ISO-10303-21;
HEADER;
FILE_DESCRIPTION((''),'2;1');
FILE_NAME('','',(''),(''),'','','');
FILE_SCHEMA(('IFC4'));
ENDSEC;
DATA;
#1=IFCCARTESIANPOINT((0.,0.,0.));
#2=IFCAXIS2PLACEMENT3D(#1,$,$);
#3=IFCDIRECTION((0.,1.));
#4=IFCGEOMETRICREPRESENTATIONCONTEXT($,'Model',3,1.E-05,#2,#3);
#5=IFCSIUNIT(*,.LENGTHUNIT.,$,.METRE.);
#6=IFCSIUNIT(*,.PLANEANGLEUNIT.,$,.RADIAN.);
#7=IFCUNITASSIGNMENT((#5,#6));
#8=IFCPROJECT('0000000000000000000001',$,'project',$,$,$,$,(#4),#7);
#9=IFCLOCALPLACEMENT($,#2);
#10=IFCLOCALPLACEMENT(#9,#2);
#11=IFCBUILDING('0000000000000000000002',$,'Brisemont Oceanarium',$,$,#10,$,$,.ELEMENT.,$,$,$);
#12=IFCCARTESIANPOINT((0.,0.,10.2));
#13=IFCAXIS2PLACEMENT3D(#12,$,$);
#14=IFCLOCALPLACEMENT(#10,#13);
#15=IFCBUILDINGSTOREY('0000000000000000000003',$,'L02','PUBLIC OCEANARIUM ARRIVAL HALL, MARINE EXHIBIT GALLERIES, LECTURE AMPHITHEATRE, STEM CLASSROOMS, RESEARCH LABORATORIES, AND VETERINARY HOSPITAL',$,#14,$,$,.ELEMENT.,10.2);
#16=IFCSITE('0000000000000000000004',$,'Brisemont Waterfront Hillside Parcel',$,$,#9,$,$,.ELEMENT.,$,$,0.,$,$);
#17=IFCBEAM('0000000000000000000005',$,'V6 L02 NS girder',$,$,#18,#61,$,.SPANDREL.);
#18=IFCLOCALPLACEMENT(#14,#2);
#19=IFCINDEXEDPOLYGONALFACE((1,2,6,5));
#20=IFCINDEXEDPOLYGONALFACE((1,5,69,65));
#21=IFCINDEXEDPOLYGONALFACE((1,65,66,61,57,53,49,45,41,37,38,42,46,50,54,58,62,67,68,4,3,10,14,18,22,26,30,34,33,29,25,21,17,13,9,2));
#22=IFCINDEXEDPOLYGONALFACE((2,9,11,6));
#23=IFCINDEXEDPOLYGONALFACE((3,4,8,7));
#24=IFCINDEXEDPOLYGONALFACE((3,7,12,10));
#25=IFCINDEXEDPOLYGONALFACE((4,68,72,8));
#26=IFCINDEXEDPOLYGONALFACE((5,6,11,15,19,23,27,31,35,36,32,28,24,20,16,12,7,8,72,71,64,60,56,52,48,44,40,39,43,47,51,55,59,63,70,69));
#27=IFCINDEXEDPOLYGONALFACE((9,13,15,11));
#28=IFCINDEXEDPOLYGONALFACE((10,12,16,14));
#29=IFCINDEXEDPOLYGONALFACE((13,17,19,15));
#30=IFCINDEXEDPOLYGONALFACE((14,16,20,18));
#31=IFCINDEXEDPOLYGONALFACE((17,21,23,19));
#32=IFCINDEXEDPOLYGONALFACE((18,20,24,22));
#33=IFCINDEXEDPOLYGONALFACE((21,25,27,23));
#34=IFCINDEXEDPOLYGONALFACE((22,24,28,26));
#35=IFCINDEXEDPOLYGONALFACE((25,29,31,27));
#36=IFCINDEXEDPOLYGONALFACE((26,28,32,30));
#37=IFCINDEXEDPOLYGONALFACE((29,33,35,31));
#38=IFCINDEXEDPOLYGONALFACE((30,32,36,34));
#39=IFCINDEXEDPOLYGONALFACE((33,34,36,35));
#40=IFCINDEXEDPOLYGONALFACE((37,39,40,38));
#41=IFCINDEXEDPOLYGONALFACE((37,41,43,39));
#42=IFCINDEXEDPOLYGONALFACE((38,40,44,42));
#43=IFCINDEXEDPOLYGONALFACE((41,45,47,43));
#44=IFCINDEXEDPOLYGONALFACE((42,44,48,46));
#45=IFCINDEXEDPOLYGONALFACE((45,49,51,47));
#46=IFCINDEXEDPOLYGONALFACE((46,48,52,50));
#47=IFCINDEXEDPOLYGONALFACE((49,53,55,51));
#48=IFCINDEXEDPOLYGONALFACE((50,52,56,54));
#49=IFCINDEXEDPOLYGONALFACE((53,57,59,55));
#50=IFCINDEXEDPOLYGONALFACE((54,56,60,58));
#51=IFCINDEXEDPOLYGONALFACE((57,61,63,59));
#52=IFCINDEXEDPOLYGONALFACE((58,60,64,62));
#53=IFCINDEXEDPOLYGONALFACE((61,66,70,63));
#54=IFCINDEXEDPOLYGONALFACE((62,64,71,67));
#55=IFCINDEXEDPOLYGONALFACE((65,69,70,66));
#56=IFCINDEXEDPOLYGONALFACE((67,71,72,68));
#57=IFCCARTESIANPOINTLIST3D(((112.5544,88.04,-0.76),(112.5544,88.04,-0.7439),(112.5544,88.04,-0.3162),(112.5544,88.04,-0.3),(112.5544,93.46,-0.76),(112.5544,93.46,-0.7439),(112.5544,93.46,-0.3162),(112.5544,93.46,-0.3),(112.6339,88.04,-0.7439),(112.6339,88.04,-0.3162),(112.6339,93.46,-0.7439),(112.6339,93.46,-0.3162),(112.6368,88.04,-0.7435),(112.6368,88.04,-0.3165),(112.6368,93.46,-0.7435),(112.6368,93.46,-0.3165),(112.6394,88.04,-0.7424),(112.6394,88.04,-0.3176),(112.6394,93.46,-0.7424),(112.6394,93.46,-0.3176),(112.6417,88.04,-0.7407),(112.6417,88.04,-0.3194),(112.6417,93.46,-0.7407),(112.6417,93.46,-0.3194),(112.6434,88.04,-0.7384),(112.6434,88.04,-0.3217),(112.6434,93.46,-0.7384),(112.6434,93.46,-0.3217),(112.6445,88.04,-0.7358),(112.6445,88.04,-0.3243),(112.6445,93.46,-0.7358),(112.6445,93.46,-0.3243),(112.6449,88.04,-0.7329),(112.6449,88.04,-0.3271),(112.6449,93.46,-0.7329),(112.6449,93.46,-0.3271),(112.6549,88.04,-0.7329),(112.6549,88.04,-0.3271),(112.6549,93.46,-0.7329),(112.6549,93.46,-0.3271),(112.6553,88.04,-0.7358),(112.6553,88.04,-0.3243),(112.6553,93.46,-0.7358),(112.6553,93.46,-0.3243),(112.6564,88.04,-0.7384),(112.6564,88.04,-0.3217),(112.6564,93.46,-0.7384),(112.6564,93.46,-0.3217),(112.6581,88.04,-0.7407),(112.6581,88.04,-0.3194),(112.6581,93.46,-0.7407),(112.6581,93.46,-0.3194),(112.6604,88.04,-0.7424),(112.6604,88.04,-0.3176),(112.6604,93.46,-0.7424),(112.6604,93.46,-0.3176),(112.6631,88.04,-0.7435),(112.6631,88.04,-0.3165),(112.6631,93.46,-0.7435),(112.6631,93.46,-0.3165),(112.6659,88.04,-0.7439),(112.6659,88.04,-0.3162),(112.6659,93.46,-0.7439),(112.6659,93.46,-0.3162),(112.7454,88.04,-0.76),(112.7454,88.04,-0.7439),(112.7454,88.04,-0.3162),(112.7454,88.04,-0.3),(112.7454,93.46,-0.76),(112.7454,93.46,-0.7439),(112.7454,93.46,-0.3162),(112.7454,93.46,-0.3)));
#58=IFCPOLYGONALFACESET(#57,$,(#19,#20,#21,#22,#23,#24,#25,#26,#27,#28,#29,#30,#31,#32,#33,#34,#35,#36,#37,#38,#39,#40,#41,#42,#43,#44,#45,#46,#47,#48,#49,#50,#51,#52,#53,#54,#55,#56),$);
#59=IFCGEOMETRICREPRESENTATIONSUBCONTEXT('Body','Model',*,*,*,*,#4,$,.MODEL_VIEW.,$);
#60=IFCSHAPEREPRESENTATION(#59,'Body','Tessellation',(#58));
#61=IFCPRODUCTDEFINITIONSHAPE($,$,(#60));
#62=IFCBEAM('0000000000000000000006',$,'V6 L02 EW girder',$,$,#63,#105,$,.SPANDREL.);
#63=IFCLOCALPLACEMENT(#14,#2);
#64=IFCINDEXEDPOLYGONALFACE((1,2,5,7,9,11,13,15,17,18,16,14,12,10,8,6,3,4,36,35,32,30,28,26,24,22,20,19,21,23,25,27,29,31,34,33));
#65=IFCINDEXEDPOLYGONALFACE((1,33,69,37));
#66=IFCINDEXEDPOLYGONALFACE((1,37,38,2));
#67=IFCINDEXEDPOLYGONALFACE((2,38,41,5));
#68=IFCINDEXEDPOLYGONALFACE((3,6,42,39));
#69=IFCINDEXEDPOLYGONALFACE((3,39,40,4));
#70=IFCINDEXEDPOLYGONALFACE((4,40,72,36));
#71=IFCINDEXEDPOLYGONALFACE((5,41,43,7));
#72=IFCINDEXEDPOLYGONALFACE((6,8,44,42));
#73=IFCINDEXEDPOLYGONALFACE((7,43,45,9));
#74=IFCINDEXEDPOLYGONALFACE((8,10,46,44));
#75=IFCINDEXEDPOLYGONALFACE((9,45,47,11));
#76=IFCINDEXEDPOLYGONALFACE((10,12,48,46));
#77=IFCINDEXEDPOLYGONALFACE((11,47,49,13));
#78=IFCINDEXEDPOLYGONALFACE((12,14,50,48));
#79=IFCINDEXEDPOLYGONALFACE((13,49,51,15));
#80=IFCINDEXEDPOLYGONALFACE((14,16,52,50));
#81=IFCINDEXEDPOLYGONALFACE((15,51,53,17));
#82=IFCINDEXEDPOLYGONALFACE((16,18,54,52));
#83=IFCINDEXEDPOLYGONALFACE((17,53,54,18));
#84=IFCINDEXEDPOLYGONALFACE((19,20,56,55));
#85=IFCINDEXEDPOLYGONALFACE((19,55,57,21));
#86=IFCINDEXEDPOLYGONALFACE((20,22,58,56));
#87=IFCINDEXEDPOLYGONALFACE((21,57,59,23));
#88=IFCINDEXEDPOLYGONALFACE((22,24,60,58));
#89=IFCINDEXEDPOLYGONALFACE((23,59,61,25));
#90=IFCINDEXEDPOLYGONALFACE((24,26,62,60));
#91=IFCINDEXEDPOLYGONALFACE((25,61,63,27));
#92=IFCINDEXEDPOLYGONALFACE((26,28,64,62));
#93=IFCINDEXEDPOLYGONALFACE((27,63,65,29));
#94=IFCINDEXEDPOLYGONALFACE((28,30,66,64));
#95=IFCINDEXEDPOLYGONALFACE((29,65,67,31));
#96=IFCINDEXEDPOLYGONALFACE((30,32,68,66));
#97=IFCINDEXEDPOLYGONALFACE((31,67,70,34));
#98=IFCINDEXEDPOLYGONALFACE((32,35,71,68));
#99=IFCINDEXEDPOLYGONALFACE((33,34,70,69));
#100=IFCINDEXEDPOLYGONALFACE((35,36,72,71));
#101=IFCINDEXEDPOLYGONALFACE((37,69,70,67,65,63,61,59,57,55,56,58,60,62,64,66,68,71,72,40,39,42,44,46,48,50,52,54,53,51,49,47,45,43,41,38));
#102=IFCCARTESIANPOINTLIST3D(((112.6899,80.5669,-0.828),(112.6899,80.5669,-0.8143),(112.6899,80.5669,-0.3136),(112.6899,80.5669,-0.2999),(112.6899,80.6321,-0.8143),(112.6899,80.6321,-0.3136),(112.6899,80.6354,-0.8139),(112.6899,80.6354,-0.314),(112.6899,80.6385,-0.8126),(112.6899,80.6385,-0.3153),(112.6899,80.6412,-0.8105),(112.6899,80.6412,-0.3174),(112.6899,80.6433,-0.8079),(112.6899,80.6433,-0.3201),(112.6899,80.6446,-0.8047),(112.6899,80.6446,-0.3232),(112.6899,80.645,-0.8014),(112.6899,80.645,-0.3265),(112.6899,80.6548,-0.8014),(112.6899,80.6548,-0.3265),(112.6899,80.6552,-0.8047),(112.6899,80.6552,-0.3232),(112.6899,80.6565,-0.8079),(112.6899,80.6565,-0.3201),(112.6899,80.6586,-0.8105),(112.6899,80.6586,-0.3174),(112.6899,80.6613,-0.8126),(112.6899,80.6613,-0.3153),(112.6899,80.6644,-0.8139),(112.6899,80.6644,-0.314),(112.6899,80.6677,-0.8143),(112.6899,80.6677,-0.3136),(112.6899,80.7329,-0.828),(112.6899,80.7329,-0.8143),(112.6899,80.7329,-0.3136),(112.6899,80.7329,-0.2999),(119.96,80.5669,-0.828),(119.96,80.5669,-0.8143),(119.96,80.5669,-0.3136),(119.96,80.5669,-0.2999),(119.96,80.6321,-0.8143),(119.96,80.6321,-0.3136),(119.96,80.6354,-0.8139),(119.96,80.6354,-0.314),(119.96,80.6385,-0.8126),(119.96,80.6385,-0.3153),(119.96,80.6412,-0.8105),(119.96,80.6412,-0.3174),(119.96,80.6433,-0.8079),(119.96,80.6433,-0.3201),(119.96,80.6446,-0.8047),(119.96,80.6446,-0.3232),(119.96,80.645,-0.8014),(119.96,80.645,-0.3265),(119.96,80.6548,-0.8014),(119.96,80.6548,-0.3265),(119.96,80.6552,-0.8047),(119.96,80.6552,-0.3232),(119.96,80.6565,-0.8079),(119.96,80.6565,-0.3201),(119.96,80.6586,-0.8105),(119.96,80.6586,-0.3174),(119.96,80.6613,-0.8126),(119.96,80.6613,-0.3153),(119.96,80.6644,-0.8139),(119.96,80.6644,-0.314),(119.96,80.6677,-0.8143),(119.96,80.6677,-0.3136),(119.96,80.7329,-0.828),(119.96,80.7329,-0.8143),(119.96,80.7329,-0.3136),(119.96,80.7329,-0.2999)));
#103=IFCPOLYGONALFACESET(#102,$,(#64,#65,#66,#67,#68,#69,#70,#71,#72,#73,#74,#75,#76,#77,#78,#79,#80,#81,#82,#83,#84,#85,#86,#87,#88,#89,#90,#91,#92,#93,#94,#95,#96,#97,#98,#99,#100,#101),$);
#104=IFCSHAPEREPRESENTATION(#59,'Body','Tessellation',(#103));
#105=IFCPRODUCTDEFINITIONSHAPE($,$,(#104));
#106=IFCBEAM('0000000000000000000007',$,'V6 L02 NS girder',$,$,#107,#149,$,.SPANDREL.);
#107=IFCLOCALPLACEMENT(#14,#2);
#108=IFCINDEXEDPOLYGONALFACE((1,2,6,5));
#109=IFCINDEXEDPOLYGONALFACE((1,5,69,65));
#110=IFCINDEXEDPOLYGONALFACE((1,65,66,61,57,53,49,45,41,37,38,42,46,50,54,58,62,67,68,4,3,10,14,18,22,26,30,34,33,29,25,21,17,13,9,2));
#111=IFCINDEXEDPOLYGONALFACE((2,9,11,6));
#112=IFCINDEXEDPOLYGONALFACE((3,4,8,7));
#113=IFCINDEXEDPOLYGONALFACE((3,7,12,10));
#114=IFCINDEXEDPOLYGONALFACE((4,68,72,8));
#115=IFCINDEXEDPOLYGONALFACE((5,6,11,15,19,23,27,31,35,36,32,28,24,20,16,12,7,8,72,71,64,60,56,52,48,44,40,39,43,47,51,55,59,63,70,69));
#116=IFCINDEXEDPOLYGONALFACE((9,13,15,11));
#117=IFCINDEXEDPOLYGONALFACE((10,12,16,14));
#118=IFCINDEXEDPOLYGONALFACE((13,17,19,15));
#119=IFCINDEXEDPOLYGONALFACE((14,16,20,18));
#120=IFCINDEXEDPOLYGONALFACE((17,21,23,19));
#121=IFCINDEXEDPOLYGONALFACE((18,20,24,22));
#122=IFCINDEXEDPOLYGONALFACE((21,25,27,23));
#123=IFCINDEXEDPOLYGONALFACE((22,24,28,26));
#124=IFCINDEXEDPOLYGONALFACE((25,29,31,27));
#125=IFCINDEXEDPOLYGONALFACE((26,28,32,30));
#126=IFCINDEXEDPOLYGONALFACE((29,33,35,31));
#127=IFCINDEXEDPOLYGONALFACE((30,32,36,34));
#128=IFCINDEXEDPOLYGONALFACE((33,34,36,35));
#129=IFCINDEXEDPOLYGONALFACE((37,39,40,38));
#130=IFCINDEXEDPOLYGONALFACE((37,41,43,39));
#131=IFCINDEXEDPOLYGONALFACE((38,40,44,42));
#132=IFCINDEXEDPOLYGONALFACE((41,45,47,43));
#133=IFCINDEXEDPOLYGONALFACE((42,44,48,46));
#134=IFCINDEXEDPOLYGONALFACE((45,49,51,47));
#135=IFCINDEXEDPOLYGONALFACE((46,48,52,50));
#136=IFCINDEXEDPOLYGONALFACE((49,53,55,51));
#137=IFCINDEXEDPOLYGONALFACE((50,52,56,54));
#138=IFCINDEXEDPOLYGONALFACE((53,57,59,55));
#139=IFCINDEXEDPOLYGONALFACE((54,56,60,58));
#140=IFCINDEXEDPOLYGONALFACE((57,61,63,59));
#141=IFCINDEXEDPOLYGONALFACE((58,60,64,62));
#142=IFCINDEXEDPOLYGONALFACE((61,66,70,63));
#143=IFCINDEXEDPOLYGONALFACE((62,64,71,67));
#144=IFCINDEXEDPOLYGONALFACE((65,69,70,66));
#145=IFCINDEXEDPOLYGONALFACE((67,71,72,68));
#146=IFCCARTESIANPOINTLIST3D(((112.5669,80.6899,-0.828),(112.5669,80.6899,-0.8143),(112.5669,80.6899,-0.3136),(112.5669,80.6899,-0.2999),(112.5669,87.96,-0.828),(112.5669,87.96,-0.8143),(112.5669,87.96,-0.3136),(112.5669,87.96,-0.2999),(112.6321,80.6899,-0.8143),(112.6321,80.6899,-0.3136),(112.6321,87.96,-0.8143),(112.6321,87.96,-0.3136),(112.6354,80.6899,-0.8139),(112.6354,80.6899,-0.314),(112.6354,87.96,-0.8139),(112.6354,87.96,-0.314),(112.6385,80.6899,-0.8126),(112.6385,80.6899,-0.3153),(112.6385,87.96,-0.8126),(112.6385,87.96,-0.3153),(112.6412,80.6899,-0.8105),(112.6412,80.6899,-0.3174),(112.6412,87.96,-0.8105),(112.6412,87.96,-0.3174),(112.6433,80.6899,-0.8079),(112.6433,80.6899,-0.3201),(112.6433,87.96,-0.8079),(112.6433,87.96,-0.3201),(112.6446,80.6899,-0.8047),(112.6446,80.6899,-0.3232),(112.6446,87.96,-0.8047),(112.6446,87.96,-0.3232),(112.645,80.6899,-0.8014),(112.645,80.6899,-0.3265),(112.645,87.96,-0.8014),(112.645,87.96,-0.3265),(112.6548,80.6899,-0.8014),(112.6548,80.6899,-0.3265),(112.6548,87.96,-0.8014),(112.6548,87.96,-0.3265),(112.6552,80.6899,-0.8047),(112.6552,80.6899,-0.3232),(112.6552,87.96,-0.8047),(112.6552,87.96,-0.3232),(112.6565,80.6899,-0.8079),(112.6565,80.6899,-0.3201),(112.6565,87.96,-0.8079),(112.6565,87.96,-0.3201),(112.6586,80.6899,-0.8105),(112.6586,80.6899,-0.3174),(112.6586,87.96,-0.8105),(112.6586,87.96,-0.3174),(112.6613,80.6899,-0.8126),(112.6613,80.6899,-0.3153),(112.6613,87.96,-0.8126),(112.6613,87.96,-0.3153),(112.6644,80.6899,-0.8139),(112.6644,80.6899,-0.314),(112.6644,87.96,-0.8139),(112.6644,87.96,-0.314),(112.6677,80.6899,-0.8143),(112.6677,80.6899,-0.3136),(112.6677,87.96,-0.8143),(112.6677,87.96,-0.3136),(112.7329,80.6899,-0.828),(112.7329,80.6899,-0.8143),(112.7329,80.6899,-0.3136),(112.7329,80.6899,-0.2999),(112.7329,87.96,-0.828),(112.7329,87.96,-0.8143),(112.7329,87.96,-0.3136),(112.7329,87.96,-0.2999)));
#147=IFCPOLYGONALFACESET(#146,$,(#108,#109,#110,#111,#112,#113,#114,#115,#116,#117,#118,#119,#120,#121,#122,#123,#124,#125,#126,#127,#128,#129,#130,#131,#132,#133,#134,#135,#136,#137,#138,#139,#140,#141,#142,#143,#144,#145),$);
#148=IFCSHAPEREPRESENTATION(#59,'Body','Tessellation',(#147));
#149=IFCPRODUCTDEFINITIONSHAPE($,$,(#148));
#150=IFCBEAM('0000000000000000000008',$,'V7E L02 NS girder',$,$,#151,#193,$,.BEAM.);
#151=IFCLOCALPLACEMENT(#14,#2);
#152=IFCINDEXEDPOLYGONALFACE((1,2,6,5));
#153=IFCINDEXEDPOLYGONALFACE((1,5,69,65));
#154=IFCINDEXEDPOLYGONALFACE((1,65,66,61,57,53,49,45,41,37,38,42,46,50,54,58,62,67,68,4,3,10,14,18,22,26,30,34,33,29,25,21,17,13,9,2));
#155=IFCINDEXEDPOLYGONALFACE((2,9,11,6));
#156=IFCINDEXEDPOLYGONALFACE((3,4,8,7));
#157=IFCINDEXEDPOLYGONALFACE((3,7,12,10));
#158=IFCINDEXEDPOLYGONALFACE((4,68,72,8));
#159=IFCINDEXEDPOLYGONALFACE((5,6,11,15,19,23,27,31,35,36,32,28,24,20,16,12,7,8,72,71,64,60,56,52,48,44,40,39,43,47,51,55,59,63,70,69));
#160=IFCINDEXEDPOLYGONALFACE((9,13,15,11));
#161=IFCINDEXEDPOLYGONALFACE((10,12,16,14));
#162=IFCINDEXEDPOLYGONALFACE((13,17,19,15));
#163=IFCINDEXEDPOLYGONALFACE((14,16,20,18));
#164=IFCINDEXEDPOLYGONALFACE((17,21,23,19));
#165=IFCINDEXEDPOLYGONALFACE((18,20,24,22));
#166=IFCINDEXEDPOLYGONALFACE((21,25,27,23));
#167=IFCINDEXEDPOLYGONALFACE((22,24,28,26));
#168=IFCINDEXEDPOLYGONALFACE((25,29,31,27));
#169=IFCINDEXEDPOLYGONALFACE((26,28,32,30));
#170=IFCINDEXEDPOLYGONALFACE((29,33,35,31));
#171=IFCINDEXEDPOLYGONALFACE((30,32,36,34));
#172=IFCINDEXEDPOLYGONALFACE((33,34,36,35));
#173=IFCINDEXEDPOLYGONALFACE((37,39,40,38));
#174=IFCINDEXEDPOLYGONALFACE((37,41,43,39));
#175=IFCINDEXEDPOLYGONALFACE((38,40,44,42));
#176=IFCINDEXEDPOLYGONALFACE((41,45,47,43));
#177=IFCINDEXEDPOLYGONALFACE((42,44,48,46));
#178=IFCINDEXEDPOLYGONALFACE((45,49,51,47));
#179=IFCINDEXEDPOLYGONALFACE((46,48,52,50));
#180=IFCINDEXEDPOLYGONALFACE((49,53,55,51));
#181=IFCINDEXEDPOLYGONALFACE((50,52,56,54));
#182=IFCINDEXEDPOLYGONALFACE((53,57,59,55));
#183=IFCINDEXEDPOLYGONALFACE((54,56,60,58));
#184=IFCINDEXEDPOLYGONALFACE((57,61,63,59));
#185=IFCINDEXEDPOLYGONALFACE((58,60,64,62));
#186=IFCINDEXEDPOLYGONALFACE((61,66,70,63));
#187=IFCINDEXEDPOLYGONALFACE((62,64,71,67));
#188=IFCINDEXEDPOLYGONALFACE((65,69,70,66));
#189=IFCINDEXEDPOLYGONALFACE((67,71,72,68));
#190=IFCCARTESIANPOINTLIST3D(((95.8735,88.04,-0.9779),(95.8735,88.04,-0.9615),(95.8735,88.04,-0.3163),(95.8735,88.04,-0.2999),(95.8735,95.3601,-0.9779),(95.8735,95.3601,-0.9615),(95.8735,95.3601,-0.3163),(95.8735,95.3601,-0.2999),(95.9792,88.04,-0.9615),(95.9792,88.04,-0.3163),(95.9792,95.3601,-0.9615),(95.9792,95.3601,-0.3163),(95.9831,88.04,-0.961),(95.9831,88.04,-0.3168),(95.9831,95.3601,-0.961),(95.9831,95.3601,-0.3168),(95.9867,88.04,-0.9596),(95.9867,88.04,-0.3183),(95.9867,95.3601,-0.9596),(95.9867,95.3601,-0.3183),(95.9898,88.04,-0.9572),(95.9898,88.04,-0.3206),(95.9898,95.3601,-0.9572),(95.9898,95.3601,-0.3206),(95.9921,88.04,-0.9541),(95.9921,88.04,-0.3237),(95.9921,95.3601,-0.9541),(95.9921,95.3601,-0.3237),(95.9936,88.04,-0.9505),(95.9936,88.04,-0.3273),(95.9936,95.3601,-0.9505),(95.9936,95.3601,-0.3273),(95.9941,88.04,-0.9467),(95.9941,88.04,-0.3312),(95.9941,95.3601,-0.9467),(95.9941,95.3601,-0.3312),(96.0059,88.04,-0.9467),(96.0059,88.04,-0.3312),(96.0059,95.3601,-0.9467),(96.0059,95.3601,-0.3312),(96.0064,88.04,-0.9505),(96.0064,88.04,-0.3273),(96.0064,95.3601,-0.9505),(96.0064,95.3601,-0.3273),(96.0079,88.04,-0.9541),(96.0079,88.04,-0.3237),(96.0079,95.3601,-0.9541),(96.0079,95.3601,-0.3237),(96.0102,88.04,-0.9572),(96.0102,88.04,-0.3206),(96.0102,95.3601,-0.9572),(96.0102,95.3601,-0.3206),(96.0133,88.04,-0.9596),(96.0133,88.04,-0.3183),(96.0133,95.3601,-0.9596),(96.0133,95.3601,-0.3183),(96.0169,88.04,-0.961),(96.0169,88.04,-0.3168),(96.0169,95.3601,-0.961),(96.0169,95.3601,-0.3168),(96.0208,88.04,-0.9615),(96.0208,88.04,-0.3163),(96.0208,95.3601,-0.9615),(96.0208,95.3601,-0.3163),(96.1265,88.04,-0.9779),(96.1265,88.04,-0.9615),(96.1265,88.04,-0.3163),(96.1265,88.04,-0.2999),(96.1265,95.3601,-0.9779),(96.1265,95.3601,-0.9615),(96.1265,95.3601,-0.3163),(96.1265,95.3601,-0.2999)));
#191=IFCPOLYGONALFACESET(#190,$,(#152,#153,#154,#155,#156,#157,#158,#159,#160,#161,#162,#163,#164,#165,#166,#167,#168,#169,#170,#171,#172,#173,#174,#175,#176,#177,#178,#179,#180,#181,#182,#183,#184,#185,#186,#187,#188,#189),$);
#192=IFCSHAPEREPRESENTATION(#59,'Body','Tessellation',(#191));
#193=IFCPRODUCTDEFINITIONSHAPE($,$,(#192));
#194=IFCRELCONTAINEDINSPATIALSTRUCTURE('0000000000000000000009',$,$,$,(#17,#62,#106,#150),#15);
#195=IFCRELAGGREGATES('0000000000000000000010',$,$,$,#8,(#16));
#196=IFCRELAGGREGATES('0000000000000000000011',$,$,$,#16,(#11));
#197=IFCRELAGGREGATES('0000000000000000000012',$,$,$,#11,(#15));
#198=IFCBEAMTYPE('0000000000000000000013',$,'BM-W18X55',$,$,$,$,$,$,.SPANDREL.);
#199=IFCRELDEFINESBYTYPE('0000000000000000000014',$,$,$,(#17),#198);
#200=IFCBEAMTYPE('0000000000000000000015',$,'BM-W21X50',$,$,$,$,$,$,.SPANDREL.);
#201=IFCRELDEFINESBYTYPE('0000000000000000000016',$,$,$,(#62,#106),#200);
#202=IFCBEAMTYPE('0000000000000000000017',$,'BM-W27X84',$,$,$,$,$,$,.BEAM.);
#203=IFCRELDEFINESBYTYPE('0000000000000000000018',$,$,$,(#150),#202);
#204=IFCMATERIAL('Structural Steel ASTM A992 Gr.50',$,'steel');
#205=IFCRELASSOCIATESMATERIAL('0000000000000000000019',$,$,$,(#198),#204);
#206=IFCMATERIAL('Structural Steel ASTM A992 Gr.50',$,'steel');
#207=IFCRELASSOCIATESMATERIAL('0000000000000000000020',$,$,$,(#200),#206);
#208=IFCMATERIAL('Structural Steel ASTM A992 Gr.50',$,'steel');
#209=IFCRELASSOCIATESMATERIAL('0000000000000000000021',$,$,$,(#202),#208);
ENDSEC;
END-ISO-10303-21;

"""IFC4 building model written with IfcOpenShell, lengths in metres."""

from ifc_helpers import new_model, si_unit, direction, frame, origin, origin_2d, place, context, subcontext, project, spatial, i_section, extrude, material, material_profile, profile_set, type_object, element, save


model = new_model("IFC4")

# Units and contexts
model_context = context("Model", 3, precision=1e-05, world=origin(), true_north=direction((0.0, 1.0)))
body_context = subcontext(model_context, "Body", "Model", "MODEL_VIEW")
ifc_project = project(units=[si_unit("LENGTHUNIT", "METRE"), si_unit("PLANEANGLEUNIT", "RADIAN")], contexts=[model_context])

# Site, building, storey
site_placement = place(None, origin())
site = spatial("IfcSite", under=ifc_project, at=site_placement, Name="Brisemont Waterfront Hillside Parcel", CompositionType="ELEMENT", RefElevation=0.0)
building_placement = place(site_placement, origin())
building = spatial("IfcBuilding", under=site, at=building_placement, Name="Brisemont Oceanarium", CompositionType="ELEMENT")
storey_placement = place(building_placement, frame((0.0, 0.0, 10.2)))
storey = spatial("IfcBuildingStorey", under=building, at=storey_placement, Name="L02", Description="PUBLIC OCEANARIUM ARRIVAL HALL, MARINE EXHIBIT GALLERIES, LECTURE AMPHITHEATRE, STEM CLASSROOMS, RESEARCH LABORATORIES, AND VETERINARY HOSPITAL", CompositionType="ELEMENT", Elevation=10.2)

# Beams
ifc_material_1 = material(Name="Structural Steel ASTM A992 Gr.50", Category="steel")
ifc_material_profile_1 = material_profile(ifc_material_1, i_section(OverallWidth=0.1909, OverallDepth=0.46, WebThickness=0.01, FlangeThickness=0.0161, FilletRadius=0.011, at=origin_2d()), Name="W18X55")
ifc_profile_set_1 = profile_set([ifc_material_profile_1], Name="Structural Steel ASTM A992 Gr.50")
beam_type_1 = type_object("IfcBeamType", Name="BM-W18X55", PredefinedType="SPANDREL", material=ifc_profile_set_1)
beam_1_placement = place(storey_placement, frame((112.6499, 88.04, -0.53), z_axis=(0.0, 1.0, 0.0), x_axis=(-1.0, 0.0, 0.0)))
element("IfcBeam", 1, at=beam_1_placement, inside=storey, type_object=beam_type_1, Name="V6 L02 NS girder", PredefinedType="SPANDREL", context=body_context, shape_type="SweptSolid", body=[
    extrude(i_section(OverallWidth=0.1909, OverallDepth=0.46, WebThickness=0.01, FlangeThickness=0.0161, FilletRadius=0.011, at=origin_2d()), origin(), (0.0, 0.0, 1.0), 5.4199),
])
ifc_material_2 = material(Name="Structural Steel ASTM A992 Gr.50", Category="steel")
ifc_material_profile_2 = material_profile(ifc_material_2, i_section(OverallWidth=0.166, OverallDepth=0.5281, WebThickness=0.0098, FlangeThickness=0.0137, FilletRadius=0.0129, at=origin_2d()), Name="W21X50")
ifc_profile_set_2 = profile_set([ifc_material_profile_2], Name="Structural Steel ASTM A992 Gr.50")
beam_type_2 = type_object("IfcBeamType", Name="BM-W21X50", PredefinedType="SPANDREL", material=ifc_profile_set_2)
for number, where, z_axis, x_axis, name in (
    (2, (112.6899, 80.6499, -0.564), (1.0, 0.0, 0.0), (0.0, 1.0, 0.0), "V6 L02 EW girder"),
    (3, (112.6499, 80.6899, -0.564), (0.0, 1.0, 0.0), (-1.0, 0.0, 0.0), "V6 L02 NS girder"),
):
    element("IfcBeam", number, at=place(storey_placement, frame(where, z_axis=z_axis, x_axis=x_axis)), inside=storey, type_object=beam_type_2, Name=name, PredefinedType="SPANDREL", context=body_context, shape_type="SweptSolid", body=[
        extrude(i_section(OverallWidth=0.166, OverallDepth=0.5281, WebThickness=0.0098, FlangeThickness=0.0137, FilletRadius=0.0129, at=origin_2d()), origin(), (0.0, 0.0, 1.0), 7.27),
    ])
ifc_material_3 = material(Name="Structural Steel ASTM A992 Gr.50", Category="steel")
ifc_material_profile_3 = material_profile(ifc_material_3, i_section(OverallWidth=0.2529, OverallDepth=0.678, WebThickness=0.0117, FlangeThickness=0.0164, FilletRadius=0.0149, at=origin_2d()), Name="W27X84")
ifc_profile_set_3 = profile_set([ifc_material_profile_3], Name="Structural Steel ASTM A992 Gr.50")
beam_type_3 = type_object("IfcBeamType", Name="BM-W27X84", PredefinedType="BEAM", material=ifc_profile_set_3)
beam_2_placement = place(storey_placement, frame((96.0, 88.04, -0.6389), z_axis=(0.0, 1.0, 0.0), x_axis=(-1.0, 0.0, 0.0)))
element("IfcBeam", 4, at=beam_2_placement, inside=storey, type_object=beam_type_3, Name="V7E L02 NS girder", PredefinedType="BEAM", context=body_context, shape_type="SweptSolid", body=[
    extrude(i_section(OverallWidth=0.2529, OverallDepth=0.678, WebThickness=0.0117, FlangeThickness=0.0164, FilletRadius=0.0149, at=origin_2d()), origin(), (0.0, 0.0, 1.0), 7.3201),
])

save(model, "model.ifc")
